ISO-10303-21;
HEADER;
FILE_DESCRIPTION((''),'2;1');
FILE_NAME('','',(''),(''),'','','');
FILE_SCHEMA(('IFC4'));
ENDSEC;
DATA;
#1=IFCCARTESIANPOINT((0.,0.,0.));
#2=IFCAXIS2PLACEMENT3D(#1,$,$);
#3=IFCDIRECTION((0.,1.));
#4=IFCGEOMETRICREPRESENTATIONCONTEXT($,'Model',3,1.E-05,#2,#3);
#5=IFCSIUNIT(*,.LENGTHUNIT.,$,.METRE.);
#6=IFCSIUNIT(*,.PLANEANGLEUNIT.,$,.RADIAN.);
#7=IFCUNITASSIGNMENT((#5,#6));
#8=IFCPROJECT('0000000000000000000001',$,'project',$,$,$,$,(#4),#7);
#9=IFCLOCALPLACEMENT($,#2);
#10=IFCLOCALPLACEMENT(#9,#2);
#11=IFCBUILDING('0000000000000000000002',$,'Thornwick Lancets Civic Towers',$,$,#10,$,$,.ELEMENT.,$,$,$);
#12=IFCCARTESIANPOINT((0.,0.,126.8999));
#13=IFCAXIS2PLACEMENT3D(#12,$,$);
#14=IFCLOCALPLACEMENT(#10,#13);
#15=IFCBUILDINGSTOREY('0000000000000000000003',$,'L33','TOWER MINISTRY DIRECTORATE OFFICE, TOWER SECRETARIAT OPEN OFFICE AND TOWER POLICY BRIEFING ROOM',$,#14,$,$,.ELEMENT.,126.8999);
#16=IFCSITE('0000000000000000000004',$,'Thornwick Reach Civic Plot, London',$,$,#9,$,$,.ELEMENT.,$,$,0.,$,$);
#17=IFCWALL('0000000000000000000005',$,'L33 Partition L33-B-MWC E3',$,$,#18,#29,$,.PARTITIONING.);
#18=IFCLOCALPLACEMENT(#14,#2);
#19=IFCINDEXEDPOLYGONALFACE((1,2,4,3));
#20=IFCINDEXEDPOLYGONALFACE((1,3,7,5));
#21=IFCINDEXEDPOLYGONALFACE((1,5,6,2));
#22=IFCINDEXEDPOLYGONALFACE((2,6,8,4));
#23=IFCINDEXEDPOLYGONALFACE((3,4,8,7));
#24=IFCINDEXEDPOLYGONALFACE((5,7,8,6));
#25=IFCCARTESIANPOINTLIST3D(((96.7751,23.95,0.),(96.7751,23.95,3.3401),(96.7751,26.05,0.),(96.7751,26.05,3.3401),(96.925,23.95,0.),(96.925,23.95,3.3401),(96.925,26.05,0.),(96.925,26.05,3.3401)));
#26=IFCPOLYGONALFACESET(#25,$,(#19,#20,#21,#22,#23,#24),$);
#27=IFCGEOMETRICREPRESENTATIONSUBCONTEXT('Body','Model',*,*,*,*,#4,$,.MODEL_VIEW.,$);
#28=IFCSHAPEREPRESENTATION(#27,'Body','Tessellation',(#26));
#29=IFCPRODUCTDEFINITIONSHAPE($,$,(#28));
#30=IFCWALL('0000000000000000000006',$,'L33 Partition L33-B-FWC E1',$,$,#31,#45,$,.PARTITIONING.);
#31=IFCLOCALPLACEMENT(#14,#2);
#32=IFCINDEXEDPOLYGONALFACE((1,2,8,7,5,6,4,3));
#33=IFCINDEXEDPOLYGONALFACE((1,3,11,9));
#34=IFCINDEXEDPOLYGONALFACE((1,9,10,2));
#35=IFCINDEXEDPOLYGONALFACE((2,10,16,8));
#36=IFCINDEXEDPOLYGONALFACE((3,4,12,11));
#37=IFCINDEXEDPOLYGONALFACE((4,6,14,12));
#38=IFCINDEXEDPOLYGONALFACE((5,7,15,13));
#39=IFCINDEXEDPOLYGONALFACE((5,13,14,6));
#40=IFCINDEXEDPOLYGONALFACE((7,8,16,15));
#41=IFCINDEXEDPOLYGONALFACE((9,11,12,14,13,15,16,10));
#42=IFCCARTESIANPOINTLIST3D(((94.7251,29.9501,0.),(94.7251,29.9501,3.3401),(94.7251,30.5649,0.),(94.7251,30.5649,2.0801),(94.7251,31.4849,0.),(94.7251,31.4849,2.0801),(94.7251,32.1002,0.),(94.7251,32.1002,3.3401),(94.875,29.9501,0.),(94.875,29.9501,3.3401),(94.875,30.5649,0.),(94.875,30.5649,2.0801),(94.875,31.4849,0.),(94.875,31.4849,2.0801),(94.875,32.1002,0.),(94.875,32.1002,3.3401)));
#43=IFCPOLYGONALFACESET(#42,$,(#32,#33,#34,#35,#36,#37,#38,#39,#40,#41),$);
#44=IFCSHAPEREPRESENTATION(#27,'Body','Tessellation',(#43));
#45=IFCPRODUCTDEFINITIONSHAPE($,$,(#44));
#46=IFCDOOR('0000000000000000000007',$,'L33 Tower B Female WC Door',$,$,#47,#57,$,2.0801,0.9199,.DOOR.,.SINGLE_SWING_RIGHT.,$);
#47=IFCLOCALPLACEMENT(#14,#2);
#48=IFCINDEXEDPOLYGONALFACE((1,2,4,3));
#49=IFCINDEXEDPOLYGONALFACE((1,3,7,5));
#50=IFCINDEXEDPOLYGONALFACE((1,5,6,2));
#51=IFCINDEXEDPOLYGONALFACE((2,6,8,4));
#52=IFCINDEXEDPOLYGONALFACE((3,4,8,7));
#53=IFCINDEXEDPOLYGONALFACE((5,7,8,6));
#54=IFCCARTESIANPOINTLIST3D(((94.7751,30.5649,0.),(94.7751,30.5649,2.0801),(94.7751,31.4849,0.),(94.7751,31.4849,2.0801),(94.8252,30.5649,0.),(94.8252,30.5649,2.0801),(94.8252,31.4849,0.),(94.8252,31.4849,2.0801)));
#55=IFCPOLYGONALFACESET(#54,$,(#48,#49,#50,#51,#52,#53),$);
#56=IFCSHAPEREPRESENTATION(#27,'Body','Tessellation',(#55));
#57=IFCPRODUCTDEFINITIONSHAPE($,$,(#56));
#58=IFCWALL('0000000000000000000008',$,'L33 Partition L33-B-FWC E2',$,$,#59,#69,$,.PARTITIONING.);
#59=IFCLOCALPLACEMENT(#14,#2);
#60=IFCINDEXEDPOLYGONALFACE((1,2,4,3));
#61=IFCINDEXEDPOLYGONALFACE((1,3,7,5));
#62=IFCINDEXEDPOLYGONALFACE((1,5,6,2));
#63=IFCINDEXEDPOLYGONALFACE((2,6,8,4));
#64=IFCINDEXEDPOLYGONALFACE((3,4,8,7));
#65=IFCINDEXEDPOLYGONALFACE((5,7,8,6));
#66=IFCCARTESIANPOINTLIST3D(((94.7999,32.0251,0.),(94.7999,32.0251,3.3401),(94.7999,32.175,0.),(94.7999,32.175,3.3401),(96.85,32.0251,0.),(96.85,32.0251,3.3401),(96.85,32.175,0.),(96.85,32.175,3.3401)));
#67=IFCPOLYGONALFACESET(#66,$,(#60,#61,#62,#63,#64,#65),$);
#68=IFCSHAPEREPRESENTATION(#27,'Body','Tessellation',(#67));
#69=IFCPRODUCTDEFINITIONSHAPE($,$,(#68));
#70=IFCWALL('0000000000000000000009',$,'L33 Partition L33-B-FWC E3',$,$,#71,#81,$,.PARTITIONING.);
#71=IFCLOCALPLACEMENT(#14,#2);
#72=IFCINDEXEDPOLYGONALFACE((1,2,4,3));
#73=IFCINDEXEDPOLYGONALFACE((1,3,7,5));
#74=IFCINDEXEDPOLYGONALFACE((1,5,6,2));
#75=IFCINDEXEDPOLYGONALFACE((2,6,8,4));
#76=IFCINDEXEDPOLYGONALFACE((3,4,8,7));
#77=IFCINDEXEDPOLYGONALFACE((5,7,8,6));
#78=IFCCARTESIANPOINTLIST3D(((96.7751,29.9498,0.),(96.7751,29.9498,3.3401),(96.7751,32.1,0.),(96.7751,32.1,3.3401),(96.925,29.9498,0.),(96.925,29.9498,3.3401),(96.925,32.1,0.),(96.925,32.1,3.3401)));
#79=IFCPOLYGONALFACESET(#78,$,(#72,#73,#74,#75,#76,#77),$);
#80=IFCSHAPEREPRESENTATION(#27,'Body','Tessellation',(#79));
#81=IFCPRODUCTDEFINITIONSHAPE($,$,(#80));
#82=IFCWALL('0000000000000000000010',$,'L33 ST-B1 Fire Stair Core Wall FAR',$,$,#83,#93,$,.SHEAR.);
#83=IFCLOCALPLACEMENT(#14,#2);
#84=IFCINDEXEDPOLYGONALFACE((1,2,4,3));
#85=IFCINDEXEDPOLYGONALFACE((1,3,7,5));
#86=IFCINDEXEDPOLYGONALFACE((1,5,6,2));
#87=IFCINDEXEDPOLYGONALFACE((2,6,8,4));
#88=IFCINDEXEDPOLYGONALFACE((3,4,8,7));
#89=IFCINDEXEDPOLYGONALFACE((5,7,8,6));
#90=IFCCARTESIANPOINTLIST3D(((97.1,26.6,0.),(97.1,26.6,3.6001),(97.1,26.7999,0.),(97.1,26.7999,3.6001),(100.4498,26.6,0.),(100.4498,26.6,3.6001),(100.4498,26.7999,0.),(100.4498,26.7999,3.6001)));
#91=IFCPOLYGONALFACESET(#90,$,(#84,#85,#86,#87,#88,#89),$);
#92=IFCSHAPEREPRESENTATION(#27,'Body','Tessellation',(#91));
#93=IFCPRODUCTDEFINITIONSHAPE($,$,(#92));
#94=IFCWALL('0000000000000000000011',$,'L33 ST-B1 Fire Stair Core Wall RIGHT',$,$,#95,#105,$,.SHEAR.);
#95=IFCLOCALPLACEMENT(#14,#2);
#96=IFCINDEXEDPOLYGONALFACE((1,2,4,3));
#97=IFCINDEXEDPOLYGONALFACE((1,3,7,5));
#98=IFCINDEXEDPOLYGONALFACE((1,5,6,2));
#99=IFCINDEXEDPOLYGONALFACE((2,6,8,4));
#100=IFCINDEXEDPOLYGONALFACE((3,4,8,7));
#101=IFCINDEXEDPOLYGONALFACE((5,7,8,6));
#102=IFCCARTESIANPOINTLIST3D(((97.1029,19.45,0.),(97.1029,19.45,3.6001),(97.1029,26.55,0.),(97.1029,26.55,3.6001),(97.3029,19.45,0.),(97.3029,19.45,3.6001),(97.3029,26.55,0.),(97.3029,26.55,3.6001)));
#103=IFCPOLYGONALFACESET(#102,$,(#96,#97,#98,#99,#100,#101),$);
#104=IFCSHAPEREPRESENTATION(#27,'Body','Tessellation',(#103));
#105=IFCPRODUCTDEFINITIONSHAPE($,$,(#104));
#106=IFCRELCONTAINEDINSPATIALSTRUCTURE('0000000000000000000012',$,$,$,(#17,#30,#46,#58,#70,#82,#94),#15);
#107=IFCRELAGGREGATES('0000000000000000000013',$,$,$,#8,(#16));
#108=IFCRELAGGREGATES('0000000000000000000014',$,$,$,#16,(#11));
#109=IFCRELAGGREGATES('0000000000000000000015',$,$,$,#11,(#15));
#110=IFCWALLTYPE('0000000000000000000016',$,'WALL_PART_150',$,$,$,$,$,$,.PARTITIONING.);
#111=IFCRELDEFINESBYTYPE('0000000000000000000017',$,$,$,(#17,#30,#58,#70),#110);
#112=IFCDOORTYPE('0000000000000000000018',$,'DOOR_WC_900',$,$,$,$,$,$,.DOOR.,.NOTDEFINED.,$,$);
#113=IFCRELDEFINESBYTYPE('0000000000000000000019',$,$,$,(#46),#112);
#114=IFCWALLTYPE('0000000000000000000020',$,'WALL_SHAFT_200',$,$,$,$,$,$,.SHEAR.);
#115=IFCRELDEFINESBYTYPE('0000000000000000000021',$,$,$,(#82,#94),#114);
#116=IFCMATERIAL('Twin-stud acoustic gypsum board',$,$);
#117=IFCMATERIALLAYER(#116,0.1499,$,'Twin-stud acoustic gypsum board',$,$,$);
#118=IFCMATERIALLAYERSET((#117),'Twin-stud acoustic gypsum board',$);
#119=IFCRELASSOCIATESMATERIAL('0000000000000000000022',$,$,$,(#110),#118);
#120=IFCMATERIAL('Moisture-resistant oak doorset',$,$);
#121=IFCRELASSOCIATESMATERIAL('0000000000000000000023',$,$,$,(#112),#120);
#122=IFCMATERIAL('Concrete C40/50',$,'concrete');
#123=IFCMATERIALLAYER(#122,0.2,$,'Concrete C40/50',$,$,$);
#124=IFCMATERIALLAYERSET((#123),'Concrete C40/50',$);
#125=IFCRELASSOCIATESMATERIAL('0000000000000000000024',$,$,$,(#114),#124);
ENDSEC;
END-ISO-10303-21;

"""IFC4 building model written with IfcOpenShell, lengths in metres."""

from ifc_helpers import new_model, si_unit, direction, frame, frame_2d, origin, place, context, subcontext, project, spatial, rectangle, extrude, material, layer, layer_set, type_object, element, fill, save


model = new_model("IFC4")

# Units and contexts
model_context = context("Model", 3, precision=1e-05, world=origin(), true_north=direction((0.0, 1.0)))
body_context = subcontext(model_context, "Body", "Model", "MODEL_VIEW")
ifc_project = project(units=[si_unit("LENGTHUNIT", "METRE"), si_unit("PLANEANGLEUNIT", "RADIAN")], contexts=[model_context])

# Site, building, storey
site_placement = place(None, origin())
site = spatial("IfcSite", under=ifc_project, at=site_placement, Name="Thornwick Reach Civic Plot, London", CompositionType="ELEMENT", RefElevation=0.0)
building_placement = place(site_placement, origin())
building = spatial("IfcBuilding", under=site, at=building_placement, Name="Thornwick Lancets Civic Towers", CompositionType="ELEMENT")
storey_placement = place(building_placement, frame((0.0, 0.0, 126.8999)))
storey = spatial("IfcBuildingStorey", under=building, at=storey_placement, Name="L33", Description="TOWER MINISTRY DIRECTORATE OFFICE, TOWER SECRETARIAT OPEN OFFICE AND TOWER POLICY BRIEFING ROOM", CompositionType="ELEMENT", Elevation=126.8999)

# Wall
ifc_material_1 = material(Name="Twin-stud acoustic gypsum board")
ifc_layer_1 = layer(ifc_material_1, 0.1499, Name="Twin-stud acoustic gypsum board")
ifc_layer_set_1 = layer_set([ifc_layer_1], Name="Twin-stud acoustic gypsum board")
wall_type_1 = type_object("IfcWallType", Name="WALL_PART_150", PredefinedType="PARTITIONING", material=ifc_layer_set_1)
wall_1_placement = place(storey_placement, frame((96.8501, 26.05, 0.0), z_axis=(0.0, 0.0, 1.0), x_axis=(0.0, -1.0, 0.0)))
element("IfcWall", 1, at=wall_1_placement, inside=storey, type_object=wall_type_1, Name="L33 Partition L33-B-MWC E3", PredefinedType="PARTITIONING", context=body_context, shape_type="SweptSolid", body=[
    extrude(rectangle(XDim=2.1001, YDim=0.1499, at=frame_2d((1.05, 0.0))), origin(), (0.0, 0.0, 1.0), 3.3401),
])

# Wall, opening, door
wall_2_placement = place(storey_placement, frame((94.8, 29.95, 0.0), z_axis=(0.0, 0.0, 1.0), x_axis=(0.0, 1.0, 0.0)))
wall_2 = element("IfcWall", 2, at=wall_2_placement, inside=storey, type_object=wall_type_1, Name="L33 Partition L33-B-FWC E1", PredefinedType="PARTITIONING", context=body_context, shape_type="SweptSolid", body=[
    extrude(rectangle(XDim=2.1501, YDim=0.1499, at=frame_2d((1.0752, 0.0))), origin(), (0.0, 0.0, 1.0), 3.3401),
])
opening_1_placement = place(wall_2_placement, frame((0.615, 0.0, 0.0)))
opening_1 = element("IfcOpeningElement", 3, at=opening_1_placement, cuts=wall_2, PredefinedType="OPENING", context=body_context, shape_type="SweptSolid", body=[
    extrude(rectangle(XDim=0.9199, YDim=2.0801, at=frame_2d((0.46, 1.04))), frame((0.0, 0.085, 0.0), z_axis=(0.0, -1.0, 0.0), x_axis=(1.0, 0.0, 0.0)), (0.0, 0.0, 1.0), 0.1699),
])
ifc_material_2 = material(Name="Moisture-resistant oak doorset")
door_type_1 = type_object("IfcDoorType", Name="DOOR_WC_900", OperationType="NOTDEFINED", PredefinedType="DOOR", material=ifc_material_2)
door_1_placement = place(opening_1_placement, origin())
door_1 = element("IfcDoor", 4, at=door_1_placement, inside=storey, type_object=door_type_1, Name="L33 Tower B Female WC Door", OperationType="SINGLE_SWING_RIGHT", OverallHeight=2.0801, OverallWidth=0.9199, PredefinedType="DOOR", context=body_context, shape_type="SweptSolid", body=[
    extrude(rectangle(XDim=0.9199, YDim=2.0801, at=frame_2d((0.46, 1.04))), frame((0.0, 0.0249, 0.0), z_axis=(0.0, -1.0, 0.0), x_axis=(1.0, 0.0, 0.0)), (0.0, 0.0, 1.0), 0.05),
])
fill(opening_1, door_1)

# Walls
wall_3_placement = place(storey_placement, frame((94.8, 32.1001, 0.0), z_axis=(0.0, 0.0, 1.0), x_axis=(1.0, 0.0, 0.0)))
element("IfcWall", 5, at=wall_3_placement, inside=storey, type_object=wall_type_1, Name="L33 Partition L33-B-FWC E2", PredefinedType="PARTITIONING", context=body_context, shape_type="SweptSolid", body=[
    extrude(rectangle(XDim=2.05, YDim=0.1499, at=frame_2d((1.0249, 0.0))), origin(), (0.0, 0.0, 1.0), 3.3401),
])
wall_4_placement = place(storey_placement, frame((96.8501, 32.1001, 0.0), z_axis=(0.0, 0.0, 1.0), x_axis=(0.0, -1.0, 0.0)))
element("IfcWall", 6, at=wall_4_placement, inside=storey, type_object=wall_type_1, Name="L33 Partition L33-B-FWC E3", PredefinedType="PARTITIONING", context=body_context, shape_type="SweptSolid", body=[
    extrude(rectangle(XDim=2.1501, YDim=0.1499, at=frame_2d((1.0752, 0.0))), origin(), (0.0, 0.0, 1.0), 3.3401),
])
ifc_material_3 = material(Name="Concrete C40/50", Category="concrete")
ifc_layer_2 = layer(ifc_material_3, 0.2, Name="Concrete C40/50")
ifc_layer_set_2 = layer_set([ifc_layer_2], Name="Concrete C40/50")
wall_type_2 = type_object("IfcWallType", Name="WALL_SHAFT_200", PredefinedType="SHEAR", material=ifc_layer_set_2)
wall_5_placement = place(storey_placement, frame((97.1001, 26.7, 0.0), z_axis=(0.0, 0.0, 1.0), x_axis=(1.0, 0.0, 0.0)))
element("IfcWall", 7, at=wall_5_placement, inside=storey, type_object=wall_type_2, Name="L33 ST-B1 Fire Stair Core Wall FAR", PredefinedType="SHEAR", context=body_context, shape_type="SweptSolid", body=[
    extrude(rectangle(XDim=3.3499, YDim=0.2, at=frame_2d((1.6748, 0.0))), origin(), (0.0, 0.0, 1.0), 3.6001),
])
wall_6_placement = place(storey_placement, frame((97.2029, 26.55, 0.0), z_axis=(0.0, 0.0, 1.0), x_axis=(0.0, -1.0, 0.0)))
element("IfcWall", 8, at=wall_6_placement, inside=storey, type_object=wall_type_2, Name="L33 ST-B1 Fire Stair Core Wall RIGHT", PredefinedType="SHEAR", context=body_context, shape_type="SweptSolid", body=[
    extrude(rectangle(XDim=7.1001, YDim=0.2, at=frame_2d((3.55, 0.0))), origin(), (0.0, 0.0, 1.0), 3.6001),
])

save(model, "model.ifc")
